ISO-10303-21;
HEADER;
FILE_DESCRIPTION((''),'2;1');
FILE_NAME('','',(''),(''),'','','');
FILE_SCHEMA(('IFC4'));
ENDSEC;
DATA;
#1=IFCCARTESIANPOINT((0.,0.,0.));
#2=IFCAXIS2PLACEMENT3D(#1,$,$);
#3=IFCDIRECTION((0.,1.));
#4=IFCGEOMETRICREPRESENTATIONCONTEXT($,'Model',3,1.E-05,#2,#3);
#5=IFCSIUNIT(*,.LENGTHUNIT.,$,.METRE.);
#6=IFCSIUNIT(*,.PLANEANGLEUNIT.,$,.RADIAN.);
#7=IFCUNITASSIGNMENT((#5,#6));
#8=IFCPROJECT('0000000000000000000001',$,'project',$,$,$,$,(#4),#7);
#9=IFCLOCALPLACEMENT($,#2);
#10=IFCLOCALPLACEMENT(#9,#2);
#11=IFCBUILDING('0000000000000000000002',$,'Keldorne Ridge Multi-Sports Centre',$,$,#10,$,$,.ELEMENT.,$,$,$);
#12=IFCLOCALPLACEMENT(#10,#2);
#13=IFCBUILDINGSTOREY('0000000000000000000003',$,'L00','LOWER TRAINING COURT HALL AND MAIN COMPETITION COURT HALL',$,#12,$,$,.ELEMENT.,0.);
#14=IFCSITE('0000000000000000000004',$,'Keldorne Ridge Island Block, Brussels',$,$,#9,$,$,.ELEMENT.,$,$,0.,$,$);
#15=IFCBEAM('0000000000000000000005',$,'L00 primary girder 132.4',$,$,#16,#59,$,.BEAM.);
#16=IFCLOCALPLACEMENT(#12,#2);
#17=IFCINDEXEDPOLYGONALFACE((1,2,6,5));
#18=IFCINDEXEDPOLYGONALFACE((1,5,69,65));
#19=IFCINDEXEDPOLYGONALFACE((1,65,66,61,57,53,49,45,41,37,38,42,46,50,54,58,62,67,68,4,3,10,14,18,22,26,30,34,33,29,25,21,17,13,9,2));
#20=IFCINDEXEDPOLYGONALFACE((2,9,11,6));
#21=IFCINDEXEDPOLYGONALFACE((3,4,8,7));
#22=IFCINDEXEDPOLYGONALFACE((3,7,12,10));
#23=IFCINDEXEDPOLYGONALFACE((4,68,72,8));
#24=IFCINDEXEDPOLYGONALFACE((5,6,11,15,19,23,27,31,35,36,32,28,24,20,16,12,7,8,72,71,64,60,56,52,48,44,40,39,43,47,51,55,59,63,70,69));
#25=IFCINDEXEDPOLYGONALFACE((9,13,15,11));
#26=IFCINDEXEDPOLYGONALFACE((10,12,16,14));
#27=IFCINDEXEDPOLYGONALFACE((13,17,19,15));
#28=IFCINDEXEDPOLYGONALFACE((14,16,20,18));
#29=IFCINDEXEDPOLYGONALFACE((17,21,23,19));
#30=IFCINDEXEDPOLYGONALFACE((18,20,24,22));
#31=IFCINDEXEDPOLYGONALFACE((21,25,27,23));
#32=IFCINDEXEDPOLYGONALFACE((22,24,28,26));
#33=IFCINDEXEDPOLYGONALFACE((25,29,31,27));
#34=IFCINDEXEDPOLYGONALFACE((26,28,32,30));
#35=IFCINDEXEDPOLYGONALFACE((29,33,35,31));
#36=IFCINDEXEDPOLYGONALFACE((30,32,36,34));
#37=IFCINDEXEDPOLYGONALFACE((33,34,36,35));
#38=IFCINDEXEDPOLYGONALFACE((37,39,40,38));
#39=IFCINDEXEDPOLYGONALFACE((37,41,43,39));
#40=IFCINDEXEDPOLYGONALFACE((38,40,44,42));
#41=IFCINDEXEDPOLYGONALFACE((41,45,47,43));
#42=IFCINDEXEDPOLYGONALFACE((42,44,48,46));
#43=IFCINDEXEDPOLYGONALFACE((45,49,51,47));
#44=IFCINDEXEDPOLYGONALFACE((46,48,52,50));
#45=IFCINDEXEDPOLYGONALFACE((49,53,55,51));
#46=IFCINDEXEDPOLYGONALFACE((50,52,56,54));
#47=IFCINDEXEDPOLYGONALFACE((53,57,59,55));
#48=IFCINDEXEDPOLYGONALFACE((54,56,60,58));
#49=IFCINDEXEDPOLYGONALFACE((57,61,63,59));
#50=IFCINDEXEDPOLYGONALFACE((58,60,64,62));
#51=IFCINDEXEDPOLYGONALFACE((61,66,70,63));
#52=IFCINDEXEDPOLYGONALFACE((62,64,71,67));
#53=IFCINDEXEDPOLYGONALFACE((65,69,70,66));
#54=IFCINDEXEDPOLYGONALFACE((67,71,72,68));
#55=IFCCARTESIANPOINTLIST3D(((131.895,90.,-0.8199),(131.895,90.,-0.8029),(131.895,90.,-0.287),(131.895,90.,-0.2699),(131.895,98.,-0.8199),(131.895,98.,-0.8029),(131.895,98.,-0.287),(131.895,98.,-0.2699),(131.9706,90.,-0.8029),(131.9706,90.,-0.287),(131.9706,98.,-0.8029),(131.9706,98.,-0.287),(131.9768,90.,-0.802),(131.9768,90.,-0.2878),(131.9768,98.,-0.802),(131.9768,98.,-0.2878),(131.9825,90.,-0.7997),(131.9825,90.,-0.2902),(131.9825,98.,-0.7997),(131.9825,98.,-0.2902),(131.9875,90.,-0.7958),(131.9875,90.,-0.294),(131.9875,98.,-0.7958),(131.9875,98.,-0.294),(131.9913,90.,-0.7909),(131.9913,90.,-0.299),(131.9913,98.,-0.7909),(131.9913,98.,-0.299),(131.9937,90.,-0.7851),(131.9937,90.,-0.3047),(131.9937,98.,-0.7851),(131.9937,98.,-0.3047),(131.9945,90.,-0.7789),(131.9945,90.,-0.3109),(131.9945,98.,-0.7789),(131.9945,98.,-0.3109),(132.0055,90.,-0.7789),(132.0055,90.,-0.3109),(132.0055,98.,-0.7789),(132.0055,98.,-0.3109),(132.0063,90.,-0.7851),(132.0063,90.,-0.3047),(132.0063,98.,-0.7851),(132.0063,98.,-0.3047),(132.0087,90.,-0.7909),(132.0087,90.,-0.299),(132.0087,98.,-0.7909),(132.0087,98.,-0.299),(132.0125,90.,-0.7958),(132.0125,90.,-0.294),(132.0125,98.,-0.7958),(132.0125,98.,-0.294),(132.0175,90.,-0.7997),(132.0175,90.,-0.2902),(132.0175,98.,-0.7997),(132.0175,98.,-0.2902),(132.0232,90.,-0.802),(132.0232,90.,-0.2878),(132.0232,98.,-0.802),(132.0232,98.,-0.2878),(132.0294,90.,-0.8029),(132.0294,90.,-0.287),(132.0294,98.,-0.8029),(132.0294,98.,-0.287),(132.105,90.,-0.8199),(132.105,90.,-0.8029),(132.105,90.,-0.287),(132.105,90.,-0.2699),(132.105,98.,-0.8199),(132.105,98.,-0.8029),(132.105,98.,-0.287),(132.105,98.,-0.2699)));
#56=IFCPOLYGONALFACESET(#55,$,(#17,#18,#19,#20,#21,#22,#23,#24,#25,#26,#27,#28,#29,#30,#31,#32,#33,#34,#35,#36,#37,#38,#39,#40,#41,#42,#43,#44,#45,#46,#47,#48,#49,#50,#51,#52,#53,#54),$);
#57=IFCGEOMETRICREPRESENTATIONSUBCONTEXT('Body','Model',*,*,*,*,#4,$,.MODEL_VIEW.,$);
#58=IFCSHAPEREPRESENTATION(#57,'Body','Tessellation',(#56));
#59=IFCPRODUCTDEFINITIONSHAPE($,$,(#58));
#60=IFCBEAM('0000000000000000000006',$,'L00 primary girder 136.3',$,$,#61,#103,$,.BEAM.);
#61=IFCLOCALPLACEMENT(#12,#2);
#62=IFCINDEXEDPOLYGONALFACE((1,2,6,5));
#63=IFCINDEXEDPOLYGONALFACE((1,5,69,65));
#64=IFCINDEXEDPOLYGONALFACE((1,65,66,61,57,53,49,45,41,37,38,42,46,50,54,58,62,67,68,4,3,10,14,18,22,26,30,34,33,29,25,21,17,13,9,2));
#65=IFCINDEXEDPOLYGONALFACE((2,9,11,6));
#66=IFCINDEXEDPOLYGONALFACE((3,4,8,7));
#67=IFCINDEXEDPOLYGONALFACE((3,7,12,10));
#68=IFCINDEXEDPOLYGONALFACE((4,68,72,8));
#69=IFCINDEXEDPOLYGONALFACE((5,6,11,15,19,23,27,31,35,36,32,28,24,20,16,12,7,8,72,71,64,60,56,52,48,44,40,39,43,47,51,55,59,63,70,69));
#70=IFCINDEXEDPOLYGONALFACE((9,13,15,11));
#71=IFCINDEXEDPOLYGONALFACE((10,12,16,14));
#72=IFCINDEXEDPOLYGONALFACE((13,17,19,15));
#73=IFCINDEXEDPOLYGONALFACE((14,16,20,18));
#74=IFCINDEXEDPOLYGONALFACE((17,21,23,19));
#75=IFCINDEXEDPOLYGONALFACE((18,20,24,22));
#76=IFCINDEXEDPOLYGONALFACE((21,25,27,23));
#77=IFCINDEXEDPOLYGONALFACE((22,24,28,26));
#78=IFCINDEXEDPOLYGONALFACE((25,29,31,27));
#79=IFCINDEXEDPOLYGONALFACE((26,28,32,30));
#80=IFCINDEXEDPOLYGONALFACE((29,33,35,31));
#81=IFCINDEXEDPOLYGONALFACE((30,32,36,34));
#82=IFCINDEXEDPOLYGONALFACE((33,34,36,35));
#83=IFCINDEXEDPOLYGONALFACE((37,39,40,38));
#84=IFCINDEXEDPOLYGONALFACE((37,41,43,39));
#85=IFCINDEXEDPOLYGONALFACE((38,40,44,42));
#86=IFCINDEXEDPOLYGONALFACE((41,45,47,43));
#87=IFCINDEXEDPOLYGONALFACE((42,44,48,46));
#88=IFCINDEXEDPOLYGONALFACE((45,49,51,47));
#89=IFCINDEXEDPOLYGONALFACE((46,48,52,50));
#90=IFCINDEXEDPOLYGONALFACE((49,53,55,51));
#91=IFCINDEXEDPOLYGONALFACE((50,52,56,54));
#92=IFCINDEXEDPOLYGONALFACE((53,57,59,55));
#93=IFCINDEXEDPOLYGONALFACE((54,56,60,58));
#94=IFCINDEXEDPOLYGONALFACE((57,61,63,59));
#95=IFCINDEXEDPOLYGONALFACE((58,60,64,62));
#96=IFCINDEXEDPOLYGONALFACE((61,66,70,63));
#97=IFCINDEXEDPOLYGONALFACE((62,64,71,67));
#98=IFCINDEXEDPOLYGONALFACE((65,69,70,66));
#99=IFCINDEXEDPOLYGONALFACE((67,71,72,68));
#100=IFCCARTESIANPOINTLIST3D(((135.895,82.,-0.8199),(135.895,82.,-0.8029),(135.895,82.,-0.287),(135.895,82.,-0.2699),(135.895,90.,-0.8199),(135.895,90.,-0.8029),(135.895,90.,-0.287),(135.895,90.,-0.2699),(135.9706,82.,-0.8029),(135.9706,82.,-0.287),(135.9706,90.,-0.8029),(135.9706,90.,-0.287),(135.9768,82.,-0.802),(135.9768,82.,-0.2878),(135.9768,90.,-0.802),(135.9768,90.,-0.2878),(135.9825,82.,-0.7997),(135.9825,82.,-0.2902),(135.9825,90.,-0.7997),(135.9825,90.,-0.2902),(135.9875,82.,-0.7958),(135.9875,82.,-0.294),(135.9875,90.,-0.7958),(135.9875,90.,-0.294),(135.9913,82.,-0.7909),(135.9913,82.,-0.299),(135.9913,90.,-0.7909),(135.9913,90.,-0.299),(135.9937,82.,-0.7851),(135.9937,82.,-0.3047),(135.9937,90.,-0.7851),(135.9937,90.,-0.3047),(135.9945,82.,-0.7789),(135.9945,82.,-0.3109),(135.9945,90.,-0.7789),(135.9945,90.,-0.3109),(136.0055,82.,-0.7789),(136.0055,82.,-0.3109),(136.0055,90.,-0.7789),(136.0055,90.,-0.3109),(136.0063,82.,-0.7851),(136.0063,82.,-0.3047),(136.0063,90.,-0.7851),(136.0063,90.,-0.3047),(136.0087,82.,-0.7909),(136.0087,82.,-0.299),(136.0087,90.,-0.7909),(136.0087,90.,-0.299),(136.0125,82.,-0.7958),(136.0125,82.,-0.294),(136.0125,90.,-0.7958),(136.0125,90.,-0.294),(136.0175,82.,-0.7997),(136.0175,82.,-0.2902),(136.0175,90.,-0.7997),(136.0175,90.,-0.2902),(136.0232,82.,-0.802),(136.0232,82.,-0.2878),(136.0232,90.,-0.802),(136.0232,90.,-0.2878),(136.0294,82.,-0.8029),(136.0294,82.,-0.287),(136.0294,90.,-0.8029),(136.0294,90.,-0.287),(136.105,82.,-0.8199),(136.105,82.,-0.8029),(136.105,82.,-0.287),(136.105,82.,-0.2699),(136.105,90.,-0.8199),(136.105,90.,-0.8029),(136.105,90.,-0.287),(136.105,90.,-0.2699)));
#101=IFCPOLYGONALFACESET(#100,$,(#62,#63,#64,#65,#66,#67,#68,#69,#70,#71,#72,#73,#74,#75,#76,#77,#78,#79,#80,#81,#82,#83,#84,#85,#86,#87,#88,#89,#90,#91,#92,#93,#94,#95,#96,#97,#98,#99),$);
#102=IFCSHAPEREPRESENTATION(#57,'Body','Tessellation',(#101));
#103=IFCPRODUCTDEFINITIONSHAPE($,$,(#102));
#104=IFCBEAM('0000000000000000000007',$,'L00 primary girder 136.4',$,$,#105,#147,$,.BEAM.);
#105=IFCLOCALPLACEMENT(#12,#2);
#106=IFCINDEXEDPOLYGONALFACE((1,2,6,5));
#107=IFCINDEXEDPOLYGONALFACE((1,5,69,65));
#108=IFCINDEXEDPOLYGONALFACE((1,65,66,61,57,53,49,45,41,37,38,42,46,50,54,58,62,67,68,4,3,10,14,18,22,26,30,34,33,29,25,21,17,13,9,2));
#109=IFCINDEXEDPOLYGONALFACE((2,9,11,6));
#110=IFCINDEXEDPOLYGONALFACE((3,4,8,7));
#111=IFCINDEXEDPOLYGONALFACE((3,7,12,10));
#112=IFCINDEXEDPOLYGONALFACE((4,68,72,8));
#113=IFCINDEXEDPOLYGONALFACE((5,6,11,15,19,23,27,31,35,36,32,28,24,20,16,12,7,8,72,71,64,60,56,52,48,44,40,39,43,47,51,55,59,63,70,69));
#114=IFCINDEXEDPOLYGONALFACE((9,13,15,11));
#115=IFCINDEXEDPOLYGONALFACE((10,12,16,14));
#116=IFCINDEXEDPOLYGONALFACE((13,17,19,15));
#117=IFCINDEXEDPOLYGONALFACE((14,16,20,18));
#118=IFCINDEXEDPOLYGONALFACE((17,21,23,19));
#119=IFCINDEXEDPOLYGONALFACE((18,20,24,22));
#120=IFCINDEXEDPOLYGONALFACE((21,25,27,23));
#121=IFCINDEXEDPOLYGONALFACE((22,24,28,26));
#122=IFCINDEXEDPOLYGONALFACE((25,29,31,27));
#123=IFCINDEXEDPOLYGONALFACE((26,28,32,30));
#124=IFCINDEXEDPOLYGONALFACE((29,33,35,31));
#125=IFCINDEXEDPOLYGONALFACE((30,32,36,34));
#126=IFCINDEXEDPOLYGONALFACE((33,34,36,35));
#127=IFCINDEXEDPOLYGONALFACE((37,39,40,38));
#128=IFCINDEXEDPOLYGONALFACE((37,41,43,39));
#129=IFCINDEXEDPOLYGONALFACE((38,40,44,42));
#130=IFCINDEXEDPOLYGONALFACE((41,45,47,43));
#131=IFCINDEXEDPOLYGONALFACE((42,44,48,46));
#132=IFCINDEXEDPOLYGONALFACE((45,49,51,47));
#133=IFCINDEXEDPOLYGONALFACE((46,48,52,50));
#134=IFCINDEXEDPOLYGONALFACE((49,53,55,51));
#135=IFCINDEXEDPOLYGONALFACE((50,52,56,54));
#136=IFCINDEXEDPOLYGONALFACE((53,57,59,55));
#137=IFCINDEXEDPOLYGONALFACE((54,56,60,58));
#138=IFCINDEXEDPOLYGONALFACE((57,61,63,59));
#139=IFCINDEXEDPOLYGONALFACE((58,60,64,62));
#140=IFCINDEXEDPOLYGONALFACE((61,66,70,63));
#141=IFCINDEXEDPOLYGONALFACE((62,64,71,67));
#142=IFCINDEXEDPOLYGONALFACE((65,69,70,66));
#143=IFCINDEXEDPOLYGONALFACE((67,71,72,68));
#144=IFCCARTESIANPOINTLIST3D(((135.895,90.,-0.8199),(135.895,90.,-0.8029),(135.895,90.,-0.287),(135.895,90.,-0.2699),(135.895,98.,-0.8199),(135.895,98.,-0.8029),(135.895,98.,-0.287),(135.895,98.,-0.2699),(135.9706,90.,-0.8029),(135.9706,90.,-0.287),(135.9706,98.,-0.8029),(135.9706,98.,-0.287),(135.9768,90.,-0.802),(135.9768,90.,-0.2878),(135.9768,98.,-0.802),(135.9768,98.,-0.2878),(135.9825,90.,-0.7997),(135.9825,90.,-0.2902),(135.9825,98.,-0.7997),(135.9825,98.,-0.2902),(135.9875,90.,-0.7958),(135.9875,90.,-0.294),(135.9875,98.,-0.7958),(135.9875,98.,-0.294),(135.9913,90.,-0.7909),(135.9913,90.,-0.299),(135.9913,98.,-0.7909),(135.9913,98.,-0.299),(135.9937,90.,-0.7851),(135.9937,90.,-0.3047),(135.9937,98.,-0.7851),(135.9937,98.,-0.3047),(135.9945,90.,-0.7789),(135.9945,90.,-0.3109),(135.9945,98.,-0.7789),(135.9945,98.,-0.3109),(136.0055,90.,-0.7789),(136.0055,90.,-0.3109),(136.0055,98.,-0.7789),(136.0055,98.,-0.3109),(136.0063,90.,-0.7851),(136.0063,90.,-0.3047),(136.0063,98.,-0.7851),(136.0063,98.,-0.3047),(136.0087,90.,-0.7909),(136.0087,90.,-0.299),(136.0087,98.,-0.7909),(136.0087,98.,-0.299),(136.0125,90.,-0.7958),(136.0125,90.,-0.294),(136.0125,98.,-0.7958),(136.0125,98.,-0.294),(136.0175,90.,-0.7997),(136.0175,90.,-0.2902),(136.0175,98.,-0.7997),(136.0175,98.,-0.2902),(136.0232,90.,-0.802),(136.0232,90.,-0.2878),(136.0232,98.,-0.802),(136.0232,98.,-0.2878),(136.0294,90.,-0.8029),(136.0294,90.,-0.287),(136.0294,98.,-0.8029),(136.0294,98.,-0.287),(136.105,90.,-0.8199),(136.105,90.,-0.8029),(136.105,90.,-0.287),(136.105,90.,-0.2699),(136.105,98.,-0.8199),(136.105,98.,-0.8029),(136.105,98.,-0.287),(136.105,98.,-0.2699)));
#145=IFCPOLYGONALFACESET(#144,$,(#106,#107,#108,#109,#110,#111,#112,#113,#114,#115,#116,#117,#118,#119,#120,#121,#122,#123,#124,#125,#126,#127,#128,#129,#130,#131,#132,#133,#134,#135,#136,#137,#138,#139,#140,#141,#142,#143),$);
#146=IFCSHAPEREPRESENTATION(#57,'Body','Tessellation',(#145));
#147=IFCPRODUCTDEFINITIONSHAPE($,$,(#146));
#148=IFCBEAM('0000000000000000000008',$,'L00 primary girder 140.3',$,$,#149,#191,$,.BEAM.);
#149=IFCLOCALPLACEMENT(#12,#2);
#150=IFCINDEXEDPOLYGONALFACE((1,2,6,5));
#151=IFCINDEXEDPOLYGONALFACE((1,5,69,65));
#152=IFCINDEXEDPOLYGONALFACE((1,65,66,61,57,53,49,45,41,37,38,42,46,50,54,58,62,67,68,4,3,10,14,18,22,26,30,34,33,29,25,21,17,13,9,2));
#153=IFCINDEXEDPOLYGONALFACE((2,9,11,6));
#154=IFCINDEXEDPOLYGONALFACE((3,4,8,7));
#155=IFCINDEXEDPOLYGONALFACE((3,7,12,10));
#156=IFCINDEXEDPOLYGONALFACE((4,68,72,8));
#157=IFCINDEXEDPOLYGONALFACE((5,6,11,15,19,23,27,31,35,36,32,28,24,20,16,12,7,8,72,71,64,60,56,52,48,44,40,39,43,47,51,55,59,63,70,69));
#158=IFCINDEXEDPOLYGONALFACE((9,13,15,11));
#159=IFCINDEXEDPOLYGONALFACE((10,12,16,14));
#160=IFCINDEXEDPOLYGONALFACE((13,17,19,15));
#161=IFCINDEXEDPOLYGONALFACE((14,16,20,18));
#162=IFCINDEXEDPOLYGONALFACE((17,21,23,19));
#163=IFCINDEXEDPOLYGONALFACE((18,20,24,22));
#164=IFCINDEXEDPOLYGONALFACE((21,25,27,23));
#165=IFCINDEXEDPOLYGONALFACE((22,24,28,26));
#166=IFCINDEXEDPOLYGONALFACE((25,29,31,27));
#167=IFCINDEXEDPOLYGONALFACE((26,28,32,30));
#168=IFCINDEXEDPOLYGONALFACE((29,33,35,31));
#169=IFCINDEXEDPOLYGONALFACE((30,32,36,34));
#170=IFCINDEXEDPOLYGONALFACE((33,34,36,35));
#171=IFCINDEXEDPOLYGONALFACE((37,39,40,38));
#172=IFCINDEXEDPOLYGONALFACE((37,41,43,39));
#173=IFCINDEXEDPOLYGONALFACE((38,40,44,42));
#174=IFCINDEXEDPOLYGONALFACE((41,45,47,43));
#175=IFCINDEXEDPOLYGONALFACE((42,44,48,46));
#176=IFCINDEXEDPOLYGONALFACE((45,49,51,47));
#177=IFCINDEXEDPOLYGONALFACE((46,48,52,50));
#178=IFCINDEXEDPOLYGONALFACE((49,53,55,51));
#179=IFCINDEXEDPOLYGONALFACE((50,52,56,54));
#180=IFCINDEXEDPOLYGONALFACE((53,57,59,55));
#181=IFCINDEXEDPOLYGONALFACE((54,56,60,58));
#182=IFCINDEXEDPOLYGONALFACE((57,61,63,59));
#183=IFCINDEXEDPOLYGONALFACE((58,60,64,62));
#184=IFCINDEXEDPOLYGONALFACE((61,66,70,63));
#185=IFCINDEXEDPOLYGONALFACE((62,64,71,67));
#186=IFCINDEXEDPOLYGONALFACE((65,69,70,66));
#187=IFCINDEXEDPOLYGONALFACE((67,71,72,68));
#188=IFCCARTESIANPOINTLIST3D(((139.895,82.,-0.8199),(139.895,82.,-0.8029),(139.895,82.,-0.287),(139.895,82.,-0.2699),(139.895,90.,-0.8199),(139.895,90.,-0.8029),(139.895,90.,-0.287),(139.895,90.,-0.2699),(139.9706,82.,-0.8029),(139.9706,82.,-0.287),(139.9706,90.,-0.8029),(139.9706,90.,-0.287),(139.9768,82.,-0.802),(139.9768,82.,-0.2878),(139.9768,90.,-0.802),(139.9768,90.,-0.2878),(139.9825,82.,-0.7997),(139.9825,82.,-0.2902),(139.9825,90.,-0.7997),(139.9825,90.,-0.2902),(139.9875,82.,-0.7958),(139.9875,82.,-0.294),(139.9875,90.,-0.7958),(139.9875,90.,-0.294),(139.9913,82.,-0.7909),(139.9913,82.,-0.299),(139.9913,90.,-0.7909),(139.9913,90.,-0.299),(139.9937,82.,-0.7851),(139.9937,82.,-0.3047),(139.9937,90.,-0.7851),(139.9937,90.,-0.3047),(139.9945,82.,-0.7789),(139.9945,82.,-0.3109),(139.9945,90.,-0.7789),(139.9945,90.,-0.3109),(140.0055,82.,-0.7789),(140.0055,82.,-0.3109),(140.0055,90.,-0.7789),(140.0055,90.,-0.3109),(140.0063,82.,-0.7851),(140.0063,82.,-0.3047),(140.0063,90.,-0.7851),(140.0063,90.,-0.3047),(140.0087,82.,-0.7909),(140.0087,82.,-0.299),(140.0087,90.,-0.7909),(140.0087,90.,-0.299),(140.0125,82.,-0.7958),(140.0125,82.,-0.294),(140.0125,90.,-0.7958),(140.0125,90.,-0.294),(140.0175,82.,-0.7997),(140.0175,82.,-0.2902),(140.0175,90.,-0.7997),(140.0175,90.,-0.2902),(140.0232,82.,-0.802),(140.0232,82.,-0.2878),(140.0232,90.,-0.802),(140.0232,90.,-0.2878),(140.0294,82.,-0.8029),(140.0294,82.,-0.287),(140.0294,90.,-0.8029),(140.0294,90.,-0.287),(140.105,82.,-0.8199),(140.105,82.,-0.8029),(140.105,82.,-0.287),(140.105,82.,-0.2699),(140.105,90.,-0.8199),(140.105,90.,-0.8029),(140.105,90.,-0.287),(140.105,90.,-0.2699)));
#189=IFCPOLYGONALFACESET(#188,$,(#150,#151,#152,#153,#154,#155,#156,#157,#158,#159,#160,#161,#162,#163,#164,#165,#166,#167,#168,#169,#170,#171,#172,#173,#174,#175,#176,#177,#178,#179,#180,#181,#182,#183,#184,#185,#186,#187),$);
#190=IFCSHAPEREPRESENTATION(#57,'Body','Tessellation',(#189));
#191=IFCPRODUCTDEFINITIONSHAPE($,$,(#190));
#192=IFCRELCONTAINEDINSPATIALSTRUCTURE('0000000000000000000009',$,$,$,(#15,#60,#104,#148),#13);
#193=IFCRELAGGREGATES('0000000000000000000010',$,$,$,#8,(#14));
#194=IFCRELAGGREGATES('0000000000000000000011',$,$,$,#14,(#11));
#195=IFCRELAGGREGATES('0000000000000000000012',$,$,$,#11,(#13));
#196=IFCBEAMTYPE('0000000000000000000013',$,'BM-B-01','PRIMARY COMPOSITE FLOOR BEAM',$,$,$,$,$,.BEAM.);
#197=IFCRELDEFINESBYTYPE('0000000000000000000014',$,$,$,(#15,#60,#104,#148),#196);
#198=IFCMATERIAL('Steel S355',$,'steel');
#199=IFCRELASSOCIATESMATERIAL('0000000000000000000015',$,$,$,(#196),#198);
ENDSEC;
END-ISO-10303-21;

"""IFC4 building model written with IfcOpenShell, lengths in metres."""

from ifc_helpers import new_model, si_unit, direction, frame, origin, origin_2d, place, context, subcontext, project, spatial, i_section, extrude, material, material_profile, profile_set, type_object, element, save


model = new_model("IFC4")

# Units and contexts
model_context = context("Model", 3, precision=1e-05, world=origin(), true_north=direction((0.0, 1.0)))
body_context = subcontext(model_context, "Body", "Model", "MODEL_VIEW")
ifc_project = project(units=[si_unit("LENGTHUNIT", "METRE"), si_unit("PLANEANGLEUNIT", "RADIAN")], contexts=[model_context])

# Site, building, storey
site_placement = place(None, origin())
site = spatial("IfcSite", under=ifc_project, at=site_placement, Name="Keldorne Ridge Island Block, Brussels", CompositionType="ELEMENT", RefElevation=0.0)
building_placement = place(site_placement, origin())
building = spatial("IfcBuilding", under=site, at=building_placement, Name="Keldorne Ridge Multi-Sports Centre", CompositionType="ELEMENT")
storey_placement = place(building_placement, origin())
storey = spatial("IfcBuildingStorey", under=building, at=storey_placement, Name="L00", Description="LOWER TRAINING COURT HALL AND MAIN COMPETITION COURT HALL", CompositionType="ELEMENT", Elevation=0.0)

# Shared definitions
ifc_material_1 = material(Name="Steel S355", Category="steel")

# Beams
ifc_material_profile_1 = material_profile(ifc_material_1, i_section(OverallWidth=0.21, OverallDepth=0.55, WebThickness=0.011, FlangeThickness=0.0171, FilletRadius=0.0239, at=origin_2d()), Name="IPE 550")
ifc_profile_set_1 = profile_set([ifc_material_profile_1], Name="Steel S355")
beam_type_1 = type_object("IfcBeamType", Name="BM-B-01", Description="PRIMARY COMPOSITE FLOOR BEAM", PredefinedType="BEAM", material=ifc_profile_set_1)
for number, where, z_axis, x_axis, name in (
    (1, (132.0, 90.0, -0.5449), (0.0, 1.0, 0.0), (-1.0, 0.0, 0.0), "L00 primary girder 132.4"),
    (2, (136.0, 82.0, -0.5449), (0.0, 1.0, 0.0), (-1.0, 0.0, 0.0), "L00 primary girder 136.3"),
    (3, (136.0, 90.0, -0.5449), (0.0, 1.0, 0.0), (-1.0, 0.0, 0.0), "L00 primary girder 136.4"),
    (4, (140.0, 82.0, -0.5449), (0.0, 1.0, 0.0), (-1.0, 0.0, 0.0), "L00 primary girder 140.3"),
):
    element("IfcBeam", number, at=place(storey_placement, frame(where, z_axis=z_axis, x_axis=x_axis)), inside=storey, type_object=beam_type_1, Name=name, PredefinedType="BEAM", context=body_context, shape_type="SweptSolid", body=[
        extrude(i_section(OverallWidth=0.21, OverallDepth=0.55, WebThickness=0.011, FlangeThickness=0.0171, FilletRadius=0.0239, at=origin_2d()), origin(), (0.0, 0.0, 1.0), 8.0),
    ])

save(model, "model.ifc")
